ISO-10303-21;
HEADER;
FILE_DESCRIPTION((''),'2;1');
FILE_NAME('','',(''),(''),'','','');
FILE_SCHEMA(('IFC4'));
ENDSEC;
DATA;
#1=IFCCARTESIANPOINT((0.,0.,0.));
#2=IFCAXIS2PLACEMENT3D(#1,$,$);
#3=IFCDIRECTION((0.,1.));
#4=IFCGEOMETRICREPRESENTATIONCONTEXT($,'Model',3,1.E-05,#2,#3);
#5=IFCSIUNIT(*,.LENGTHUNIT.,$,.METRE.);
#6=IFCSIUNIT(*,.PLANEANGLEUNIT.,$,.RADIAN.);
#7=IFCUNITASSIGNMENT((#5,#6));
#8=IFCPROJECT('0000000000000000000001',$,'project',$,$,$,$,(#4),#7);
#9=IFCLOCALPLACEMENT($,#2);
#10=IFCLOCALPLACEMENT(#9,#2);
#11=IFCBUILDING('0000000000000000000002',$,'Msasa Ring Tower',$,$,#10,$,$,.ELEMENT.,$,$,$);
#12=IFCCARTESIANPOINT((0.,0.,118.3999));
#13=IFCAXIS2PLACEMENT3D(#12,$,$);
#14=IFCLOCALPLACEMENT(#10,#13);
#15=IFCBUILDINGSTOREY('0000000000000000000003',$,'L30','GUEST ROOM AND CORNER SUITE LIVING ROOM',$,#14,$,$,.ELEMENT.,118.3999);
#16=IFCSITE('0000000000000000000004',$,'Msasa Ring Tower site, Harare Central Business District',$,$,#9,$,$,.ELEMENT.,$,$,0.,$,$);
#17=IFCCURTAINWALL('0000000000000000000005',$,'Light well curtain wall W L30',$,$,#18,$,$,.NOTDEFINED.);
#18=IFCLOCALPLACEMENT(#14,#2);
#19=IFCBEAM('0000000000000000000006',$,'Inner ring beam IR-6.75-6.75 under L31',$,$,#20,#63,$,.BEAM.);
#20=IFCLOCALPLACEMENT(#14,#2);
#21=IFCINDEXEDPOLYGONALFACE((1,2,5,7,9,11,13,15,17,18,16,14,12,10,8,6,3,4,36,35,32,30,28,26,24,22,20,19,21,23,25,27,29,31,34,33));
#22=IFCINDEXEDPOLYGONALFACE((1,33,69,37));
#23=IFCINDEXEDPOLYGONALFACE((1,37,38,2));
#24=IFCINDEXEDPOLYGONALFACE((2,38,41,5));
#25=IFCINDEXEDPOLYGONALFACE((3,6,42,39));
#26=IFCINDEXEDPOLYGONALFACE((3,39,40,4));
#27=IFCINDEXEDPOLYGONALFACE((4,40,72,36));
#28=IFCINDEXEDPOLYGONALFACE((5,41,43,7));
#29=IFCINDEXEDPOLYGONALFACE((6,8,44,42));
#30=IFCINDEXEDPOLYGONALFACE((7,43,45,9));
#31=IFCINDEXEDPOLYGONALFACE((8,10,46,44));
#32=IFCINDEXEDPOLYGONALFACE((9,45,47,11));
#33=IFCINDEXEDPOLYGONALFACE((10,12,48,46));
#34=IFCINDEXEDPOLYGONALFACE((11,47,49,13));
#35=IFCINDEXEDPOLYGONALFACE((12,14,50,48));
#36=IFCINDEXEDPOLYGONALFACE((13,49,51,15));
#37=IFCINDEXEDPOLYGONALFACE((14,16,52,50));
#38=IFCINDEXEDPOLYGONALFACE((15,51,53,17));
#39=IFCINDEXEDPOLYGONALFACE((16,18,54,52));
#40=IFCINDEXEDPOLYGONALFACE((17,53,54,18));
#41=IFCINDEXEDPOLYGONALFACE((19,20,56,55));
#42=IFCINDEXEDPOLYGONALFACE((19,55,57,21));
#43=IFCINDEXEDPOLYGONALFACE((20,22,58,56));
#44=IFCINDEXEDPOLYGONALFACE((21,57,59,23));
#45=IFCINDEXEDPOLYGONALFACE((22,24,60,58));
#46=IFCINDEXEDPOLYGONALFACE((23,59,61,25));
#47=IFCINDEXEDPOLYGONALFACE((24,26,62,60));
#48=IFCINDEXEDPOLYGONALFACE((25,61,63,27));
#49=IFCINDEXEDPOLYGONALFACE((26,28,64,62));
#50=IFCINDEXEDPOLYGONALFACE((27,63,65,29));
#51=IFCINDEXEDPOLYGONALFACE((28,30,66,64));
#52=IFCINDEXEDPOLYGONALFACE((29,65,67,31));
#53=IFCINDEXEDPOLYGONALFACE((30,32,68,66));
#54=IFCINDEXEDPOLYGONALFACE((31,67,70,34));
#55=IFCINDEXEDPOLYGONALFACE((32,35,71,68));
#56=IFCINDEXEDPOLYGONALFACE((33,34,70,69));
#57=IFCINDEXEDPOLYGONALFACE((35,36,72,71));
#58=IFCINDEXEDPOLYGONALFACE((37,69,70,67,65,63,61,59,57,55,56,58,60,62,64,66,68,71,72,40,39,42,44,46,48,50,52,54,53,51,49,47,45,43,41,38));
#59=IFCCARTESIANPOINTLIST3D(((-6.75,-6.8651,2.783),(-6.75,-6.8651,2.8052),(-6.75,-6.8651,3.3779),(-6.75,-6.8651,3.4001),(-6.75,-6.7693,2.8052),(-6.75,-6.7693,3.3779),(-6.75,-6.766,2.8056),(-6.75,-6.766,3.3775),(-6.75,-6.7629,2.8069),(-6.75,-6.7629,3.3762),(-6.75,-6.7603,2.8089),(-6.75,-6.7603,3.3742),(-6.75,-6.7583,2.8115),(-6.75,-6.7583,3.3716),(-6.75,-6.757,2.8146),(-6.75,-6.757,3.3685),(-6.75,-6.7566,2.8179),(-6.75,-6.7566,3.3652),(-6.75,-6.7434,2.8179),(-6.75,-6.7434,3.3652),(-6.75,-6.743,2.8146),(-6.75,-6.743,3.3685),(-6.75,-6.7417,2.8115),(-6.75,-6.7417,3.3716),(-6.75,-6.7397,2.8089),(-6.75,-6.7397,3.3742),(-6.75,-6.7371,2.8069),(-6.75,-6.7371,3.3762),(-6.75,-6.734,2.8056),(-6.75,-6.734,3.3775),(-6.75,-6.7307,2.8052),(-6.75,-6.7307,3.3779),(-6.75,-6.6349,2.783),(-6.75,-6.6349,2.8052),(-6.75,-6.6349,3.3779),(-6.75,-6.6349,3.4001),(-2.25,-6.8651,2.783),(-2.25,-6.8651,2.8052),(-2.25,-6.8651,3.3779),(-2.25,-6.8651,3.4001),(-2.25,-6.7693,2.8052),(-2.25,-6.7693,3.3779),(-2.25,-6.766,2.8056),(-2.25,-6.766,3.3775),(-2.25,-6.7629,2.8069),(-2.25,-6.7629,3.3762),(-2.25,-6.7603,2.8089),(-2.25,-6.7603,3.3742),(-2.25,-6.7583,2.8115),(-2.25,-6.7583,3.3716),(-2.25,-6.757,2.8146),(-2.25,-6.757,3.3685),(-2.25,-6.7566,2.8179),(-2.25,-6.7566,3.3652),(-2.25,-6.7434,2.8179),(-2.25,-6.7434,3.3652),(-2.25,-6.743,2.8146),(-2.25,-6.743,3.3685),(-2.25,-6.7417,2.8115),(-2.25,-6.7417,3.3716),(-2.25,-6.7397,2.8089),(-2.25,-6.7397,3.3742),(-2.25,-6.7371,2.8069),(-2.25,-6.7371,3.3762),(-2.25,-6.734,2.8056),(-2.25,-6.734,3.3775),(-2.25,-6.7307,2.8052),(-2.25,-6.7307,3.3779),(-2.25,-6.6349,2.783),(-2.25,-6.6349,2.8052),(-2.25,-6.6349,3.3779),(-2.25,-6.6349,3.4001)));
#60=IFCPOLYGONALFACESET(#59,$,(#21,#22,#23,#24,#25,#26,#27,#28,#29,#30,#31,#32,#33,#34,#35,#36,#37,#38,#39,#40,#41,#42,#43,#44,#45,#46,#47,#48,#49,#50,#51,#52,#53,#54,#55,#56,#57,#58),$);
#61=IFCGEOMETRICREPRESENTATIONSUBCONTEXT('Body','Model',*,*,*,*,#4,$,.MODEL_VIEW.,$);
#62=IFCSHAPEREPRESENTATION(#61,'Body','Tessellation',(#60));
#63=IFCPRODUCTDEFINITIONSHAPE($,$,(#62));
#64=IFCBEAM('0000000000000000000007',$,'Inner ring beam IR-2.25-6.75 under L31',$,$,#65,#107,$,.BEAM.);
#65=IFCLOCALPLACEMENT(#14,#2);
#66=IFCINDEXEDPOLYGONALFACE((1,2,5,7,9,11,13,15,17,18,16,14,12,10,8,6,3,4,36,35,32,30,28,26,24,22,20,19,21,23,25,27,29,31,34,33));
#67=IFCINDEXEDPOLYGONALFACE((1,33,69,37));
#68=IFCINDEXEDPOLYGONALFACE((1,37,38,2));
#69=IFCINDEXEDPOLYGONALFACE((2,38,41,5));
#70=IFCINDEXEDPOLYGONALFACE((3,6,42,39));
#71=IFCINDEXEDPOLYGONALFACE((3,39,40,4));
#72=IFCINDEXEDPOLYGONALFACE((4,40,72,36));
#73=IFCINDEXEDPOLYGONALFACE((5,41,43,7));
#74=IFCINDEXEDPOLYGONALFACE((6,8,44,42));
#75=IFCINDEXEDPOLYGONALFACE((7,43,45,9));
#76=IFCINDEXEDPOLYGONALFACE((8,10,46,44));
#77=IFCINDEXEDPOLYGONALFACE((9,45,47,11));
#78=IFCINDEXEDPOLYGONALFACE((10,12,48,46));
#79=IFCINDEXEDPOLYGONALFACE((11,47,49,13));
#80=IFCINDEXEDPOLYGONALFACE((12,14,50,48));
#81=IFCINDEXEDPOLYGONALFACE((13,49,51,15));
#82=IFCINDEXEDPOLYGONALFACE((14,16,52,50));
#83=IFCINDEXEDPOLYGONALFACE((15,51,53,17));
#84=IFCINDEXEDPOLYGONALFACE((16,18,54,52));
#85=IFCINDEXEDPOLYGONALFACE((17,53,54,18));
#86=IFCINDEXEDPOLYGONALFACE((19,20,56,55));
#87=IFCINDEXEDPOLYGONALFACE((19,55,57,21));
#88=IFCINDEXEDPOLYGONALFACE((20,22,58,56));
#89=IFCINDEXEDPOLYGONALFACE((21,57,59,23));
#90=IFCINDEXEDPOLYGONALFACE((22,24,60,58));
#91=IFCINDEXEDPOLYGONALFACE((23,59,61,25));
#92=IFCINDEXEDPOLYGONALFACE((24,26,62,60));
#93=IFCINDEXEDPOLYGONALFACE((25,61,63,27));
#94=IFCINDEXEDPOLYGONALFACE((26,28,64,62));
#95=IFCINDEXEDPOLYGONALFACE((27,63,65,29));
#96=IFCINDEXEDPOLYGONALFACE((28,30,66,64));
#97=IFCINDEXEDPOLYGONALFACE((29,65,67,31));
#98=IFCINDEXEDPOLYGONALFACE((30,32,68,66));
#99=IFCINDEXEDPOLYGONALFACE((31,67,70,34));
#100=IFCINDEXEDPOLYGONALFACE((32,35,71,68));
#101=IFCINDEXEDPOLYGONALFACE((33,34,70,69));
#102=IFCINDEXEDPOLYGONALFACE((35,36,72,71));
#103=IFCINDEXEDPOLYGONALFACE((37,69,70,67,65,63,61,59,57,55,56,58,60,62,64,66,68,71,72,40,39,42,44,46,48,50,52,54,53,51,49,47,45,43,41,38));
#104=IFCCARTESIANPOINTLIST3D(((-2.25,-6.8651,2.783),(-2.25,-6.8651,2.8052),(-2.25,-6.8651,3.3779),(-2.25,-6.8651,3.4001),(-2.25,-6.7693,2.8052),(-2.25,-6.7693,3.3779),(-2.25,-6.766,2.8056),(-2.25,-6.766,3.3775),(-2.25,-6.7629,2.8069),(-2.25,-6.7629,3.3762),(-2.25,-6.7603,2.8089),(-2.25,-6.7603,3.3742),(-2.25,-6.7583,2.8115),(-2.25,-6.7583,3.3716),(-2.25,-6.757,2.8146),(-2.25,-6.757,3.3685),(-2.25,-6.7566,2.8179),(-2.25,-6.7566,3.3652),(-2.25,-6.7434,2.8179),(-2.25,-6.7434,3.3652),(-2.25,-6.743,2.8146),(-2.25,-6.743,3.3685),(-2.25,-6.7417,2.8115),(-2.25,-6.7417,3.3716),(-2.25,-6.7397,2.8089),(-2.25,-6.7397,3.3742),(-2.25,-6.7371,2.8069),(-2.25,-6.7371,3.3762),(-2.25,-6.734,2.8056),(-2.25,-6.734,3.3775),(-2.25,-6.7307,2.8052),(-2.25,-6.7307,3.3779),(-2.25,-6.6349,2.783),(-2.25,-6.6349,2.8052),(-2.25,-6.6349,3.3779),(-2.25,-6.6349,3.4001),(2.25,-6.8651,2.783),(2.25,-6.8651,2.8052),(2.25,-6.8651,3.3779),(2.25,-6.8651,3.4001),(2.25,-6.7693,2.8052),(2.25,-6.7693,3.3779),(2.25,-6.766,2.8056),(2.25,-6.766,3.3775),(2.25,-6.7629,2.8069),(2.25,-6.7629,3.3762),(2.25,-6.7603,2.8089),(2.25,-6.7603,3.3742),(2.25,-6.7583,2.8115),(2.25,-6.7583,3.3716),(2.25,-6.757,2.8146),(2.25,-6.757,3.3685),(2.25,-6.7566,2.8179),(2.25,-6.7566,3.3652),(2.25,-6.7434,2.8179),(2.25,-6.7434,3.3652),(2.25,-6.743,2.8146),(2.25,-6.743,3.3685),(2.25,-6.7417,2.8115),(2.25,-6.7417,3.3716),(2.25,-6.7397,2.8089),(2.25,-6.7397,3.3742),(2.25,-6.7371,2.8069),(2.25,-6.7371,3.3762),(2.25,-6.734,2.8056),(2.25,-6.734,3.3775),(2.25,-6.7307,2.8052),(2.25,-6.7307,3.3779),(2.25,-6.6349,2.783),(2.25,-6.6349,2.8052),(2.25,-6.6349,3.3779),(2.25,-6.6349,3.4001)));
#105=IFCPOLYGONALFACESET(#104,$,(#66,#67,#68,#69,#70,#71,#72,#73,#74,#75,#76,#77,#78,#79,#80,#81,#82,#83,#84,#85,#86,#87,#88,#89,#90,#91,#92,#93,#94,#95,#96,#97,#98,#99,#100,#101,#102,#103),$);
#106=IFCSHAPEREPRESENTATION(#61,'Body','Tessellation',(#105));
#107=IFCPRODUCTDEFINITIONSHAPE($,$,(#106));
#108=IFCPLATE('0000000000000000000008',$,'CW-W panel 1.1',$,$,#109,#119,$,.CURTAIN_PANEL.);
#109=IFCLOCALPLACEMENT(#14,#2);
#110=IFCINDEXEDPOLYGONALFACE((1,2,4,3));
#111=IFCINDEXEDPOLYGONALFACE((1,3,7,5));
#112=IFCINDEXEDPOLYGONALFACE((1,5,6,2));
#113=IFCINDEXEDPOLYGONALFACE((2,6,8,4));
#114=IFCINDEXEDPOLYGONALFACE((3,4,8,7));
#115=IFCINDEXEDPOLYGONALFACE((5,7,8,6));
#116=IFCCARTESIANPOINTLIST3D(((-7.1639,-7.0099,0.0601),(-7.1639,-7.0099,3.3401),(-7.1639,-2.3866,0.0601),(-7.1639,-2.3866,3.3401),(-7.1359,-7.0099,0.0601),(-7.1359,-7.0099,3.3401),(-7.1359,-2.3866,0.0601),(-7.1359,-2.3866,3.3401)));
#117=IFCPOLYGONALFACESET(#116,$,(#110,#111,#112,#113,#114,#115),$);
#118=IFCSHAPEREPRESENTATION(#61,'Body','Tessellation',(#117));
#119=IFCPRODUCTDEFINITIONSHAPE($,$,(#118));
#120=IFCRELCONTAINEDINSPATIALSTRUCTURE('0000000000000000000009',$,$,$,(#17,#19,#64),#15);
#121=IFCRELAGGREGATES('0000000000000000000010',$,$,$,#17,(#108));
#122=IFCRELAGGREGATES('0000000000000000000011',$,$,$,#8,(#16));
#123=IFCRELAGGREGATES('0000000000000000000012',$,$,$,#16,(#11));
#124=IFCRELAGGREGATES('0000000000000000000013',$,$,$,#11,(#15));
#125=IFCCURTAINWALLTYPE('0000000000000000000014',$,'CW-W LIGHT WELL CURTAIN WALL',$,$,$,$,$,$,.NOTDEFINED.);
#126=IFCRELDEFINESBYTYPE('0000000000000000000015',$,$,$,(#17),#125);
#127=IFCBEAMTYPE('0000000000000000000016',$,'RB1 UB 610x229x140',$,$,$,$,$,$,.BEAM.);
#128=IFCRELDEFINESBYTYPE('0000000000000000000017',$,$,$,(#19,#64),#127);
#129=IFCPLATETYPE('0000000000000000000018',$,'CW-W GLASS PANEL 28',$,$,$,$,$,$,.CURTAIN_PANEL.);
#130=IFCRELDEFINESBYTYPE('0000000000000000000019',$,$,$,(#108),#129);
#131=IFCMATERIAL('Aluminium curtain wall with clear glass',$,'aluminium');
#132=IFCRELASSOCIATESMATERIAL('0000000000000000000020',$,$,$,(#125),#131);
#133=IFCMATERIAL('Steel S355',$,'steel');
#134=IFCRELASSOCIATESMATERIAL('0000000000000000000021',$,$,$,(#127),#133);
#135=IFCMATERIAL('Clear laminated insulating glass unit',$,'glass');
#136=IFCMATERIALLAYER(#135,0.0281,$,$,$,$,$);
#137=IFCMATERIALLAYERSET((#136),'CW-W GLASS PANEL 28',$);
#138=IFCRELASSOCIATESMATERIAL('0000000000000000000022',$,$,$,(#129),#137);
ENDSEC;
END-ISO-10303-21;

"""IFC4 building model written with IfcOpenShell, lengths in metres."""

from ifc_helpers import new_model, si_unit, direction, frame, origin, origin_2d, place, context, subcontext, project, spatial, rectangle, i_section, extrude, material, layer, layer_set, material_profile, profile_set, type_object, element, aggregate, save


model = new_model("IFC4")

# Units and contexts
model_context = context("Model", 3, precision=1e-05, world=origin(), true_north=direction((0.0, 1.0)))
body_context = subcontext(model_context, "Body", "Model", "MODEL_VIEW")
ifc_project = project(units=[si_unit("LENGTHUNIT", "METRE"), si_unit("PLANEANGLEUNIT", "RADIAN")], contexts=[model_context])

# Site, building, storey
site_placement = place(None, origin())
site = spatial("IfcSite", under=ifc_project, at=site_placement, Name="Msasa Ring Tower site, Harare Central Business District", CompositionType="ELEMENT", RefElevation=0.0)
building_placement = place(site_placement, origin())
building = spatial("IfcBuilding", under=site, at=building_placement, Name="Msasa Ring Tower", CompositionType="ELEMENT")
storey_placement = place(building_placement, frame((0.0, 0.0, 118.3999)))
storey = spatial("IfcBuildingStorey", under=building, at=storey_placement, Name="L30", Description="GUEST ROOM AND CORNER SUITE LIVING ROOM", CompositionType="ELEMENT", Elevation=118.3999)

# Curtain wall
ifc_material_1 = material(Name="Aluminium curtain wall with clear glass", Category="aluminium")
curtain_wall_type = type_object("IfcCurtainWallType", Name="CW-W LIGHT WELL CURTAIN WALL", PredefinedType="NOTDEFINED", material=ifc_material_1)
curtain_wall_1_placement = place(storey_placement, origin())
curtain_wall_1 = element("IfcCurtainWall", 1, at=curtain_wall_1_placement, inside=storey, type_object=curtain_wall_type, Name="Light well curtain wall W L30", PredefinedType="NOTDEFINED")

# Beams
ifc_material_2 = material(Name="Steel S355", Category="steel")
ifc_material_profile_1 = material_profile(ifc_material_2, i_section(OverallWidth=0.2302, OverallDepth=0.6172, WebThickness=0.0132, FlangeThickness=0.0222, FilletRadius=0.0127, at=origin_2d()), Name="UB 610x229x140")
ifc_profile_set_1 = profile_set([ifc_material_profile_1], Name="Steel S355")
beam_type = type_object("IfcBeamType", Name="RB1 UB 610x229x140", PredefinedType="BEAM", material=ifc_profile_set_1)
for number, where, z_axis, x_axis, name in (
    (2, (-6.75, -6.75, 3.0916), (1.0, 0.0, 0.0), (0.0, 1.0, 0.0), "Inner ring beam IR-6.75-6.75 under L31"),
    (3, (-2.25, -6.75, 3.0916), (1.0, 0.0, 0.0), (0.0, 1.0, 0.0), "Inner ring beam IR-2.25-6.75 under L31"),
):
    element("IfcBeam", number, at=place(storey_placement, frame(where, z_axis=z_axis, x_axis=x_axis)), inside=storey, type_object=beam_type, Name=name, PredefinedType="BEAM", context=body_context, shape_type="SweptSolid", body=[
        extrude(i_section(OverallWidth=0.2302, OverallDepth=0.6172, WebThickness=0.0132, FlangeThickness=0.0222, FilletRadius=0.0127, at=origin_2d()), origin(), (0.0, 0.0, 1.0), 4.5),
    ])

# Plate
ifc_material_3 = material(Name="Clear laminated insulating glass unit", Category="glass")
ifc_layer = layer(ifc_material_3, 0.0281)
ifc_layer_set = layer_set([ifc_layer], Name="CW-W GLASS PANEL 28")
plate_type = type_object("IfcPlateType", Name="CW-W GLASS PANEL 28", PredefinedType="CURTAIN_PANEL", material=ifc_layer_set)
plate_placement = place(storey_placement, frame((-7.1499, -4.6982, 0.0601), z_axis=(0.0, 0.0, 1.0), x_axis=(0.0, 1.0, 0.0)))
plate = element("IfcPlate", 4, at=plate_placement, type_object=plate_type, Name="CW-W panel 1.1", PredefinedType="CURTAIN_PANEL", context=body_context, shape_type="SweptSolid", body=[
    extrude(rectangle(XDim=4.6233, YDim=0.0281, at=origin_2d()), origin(), (0.0, 0.0, 1.0), 3.28),
])
aggregate(curtain_wall_1, [plate])

save(model, "model.ifc")
